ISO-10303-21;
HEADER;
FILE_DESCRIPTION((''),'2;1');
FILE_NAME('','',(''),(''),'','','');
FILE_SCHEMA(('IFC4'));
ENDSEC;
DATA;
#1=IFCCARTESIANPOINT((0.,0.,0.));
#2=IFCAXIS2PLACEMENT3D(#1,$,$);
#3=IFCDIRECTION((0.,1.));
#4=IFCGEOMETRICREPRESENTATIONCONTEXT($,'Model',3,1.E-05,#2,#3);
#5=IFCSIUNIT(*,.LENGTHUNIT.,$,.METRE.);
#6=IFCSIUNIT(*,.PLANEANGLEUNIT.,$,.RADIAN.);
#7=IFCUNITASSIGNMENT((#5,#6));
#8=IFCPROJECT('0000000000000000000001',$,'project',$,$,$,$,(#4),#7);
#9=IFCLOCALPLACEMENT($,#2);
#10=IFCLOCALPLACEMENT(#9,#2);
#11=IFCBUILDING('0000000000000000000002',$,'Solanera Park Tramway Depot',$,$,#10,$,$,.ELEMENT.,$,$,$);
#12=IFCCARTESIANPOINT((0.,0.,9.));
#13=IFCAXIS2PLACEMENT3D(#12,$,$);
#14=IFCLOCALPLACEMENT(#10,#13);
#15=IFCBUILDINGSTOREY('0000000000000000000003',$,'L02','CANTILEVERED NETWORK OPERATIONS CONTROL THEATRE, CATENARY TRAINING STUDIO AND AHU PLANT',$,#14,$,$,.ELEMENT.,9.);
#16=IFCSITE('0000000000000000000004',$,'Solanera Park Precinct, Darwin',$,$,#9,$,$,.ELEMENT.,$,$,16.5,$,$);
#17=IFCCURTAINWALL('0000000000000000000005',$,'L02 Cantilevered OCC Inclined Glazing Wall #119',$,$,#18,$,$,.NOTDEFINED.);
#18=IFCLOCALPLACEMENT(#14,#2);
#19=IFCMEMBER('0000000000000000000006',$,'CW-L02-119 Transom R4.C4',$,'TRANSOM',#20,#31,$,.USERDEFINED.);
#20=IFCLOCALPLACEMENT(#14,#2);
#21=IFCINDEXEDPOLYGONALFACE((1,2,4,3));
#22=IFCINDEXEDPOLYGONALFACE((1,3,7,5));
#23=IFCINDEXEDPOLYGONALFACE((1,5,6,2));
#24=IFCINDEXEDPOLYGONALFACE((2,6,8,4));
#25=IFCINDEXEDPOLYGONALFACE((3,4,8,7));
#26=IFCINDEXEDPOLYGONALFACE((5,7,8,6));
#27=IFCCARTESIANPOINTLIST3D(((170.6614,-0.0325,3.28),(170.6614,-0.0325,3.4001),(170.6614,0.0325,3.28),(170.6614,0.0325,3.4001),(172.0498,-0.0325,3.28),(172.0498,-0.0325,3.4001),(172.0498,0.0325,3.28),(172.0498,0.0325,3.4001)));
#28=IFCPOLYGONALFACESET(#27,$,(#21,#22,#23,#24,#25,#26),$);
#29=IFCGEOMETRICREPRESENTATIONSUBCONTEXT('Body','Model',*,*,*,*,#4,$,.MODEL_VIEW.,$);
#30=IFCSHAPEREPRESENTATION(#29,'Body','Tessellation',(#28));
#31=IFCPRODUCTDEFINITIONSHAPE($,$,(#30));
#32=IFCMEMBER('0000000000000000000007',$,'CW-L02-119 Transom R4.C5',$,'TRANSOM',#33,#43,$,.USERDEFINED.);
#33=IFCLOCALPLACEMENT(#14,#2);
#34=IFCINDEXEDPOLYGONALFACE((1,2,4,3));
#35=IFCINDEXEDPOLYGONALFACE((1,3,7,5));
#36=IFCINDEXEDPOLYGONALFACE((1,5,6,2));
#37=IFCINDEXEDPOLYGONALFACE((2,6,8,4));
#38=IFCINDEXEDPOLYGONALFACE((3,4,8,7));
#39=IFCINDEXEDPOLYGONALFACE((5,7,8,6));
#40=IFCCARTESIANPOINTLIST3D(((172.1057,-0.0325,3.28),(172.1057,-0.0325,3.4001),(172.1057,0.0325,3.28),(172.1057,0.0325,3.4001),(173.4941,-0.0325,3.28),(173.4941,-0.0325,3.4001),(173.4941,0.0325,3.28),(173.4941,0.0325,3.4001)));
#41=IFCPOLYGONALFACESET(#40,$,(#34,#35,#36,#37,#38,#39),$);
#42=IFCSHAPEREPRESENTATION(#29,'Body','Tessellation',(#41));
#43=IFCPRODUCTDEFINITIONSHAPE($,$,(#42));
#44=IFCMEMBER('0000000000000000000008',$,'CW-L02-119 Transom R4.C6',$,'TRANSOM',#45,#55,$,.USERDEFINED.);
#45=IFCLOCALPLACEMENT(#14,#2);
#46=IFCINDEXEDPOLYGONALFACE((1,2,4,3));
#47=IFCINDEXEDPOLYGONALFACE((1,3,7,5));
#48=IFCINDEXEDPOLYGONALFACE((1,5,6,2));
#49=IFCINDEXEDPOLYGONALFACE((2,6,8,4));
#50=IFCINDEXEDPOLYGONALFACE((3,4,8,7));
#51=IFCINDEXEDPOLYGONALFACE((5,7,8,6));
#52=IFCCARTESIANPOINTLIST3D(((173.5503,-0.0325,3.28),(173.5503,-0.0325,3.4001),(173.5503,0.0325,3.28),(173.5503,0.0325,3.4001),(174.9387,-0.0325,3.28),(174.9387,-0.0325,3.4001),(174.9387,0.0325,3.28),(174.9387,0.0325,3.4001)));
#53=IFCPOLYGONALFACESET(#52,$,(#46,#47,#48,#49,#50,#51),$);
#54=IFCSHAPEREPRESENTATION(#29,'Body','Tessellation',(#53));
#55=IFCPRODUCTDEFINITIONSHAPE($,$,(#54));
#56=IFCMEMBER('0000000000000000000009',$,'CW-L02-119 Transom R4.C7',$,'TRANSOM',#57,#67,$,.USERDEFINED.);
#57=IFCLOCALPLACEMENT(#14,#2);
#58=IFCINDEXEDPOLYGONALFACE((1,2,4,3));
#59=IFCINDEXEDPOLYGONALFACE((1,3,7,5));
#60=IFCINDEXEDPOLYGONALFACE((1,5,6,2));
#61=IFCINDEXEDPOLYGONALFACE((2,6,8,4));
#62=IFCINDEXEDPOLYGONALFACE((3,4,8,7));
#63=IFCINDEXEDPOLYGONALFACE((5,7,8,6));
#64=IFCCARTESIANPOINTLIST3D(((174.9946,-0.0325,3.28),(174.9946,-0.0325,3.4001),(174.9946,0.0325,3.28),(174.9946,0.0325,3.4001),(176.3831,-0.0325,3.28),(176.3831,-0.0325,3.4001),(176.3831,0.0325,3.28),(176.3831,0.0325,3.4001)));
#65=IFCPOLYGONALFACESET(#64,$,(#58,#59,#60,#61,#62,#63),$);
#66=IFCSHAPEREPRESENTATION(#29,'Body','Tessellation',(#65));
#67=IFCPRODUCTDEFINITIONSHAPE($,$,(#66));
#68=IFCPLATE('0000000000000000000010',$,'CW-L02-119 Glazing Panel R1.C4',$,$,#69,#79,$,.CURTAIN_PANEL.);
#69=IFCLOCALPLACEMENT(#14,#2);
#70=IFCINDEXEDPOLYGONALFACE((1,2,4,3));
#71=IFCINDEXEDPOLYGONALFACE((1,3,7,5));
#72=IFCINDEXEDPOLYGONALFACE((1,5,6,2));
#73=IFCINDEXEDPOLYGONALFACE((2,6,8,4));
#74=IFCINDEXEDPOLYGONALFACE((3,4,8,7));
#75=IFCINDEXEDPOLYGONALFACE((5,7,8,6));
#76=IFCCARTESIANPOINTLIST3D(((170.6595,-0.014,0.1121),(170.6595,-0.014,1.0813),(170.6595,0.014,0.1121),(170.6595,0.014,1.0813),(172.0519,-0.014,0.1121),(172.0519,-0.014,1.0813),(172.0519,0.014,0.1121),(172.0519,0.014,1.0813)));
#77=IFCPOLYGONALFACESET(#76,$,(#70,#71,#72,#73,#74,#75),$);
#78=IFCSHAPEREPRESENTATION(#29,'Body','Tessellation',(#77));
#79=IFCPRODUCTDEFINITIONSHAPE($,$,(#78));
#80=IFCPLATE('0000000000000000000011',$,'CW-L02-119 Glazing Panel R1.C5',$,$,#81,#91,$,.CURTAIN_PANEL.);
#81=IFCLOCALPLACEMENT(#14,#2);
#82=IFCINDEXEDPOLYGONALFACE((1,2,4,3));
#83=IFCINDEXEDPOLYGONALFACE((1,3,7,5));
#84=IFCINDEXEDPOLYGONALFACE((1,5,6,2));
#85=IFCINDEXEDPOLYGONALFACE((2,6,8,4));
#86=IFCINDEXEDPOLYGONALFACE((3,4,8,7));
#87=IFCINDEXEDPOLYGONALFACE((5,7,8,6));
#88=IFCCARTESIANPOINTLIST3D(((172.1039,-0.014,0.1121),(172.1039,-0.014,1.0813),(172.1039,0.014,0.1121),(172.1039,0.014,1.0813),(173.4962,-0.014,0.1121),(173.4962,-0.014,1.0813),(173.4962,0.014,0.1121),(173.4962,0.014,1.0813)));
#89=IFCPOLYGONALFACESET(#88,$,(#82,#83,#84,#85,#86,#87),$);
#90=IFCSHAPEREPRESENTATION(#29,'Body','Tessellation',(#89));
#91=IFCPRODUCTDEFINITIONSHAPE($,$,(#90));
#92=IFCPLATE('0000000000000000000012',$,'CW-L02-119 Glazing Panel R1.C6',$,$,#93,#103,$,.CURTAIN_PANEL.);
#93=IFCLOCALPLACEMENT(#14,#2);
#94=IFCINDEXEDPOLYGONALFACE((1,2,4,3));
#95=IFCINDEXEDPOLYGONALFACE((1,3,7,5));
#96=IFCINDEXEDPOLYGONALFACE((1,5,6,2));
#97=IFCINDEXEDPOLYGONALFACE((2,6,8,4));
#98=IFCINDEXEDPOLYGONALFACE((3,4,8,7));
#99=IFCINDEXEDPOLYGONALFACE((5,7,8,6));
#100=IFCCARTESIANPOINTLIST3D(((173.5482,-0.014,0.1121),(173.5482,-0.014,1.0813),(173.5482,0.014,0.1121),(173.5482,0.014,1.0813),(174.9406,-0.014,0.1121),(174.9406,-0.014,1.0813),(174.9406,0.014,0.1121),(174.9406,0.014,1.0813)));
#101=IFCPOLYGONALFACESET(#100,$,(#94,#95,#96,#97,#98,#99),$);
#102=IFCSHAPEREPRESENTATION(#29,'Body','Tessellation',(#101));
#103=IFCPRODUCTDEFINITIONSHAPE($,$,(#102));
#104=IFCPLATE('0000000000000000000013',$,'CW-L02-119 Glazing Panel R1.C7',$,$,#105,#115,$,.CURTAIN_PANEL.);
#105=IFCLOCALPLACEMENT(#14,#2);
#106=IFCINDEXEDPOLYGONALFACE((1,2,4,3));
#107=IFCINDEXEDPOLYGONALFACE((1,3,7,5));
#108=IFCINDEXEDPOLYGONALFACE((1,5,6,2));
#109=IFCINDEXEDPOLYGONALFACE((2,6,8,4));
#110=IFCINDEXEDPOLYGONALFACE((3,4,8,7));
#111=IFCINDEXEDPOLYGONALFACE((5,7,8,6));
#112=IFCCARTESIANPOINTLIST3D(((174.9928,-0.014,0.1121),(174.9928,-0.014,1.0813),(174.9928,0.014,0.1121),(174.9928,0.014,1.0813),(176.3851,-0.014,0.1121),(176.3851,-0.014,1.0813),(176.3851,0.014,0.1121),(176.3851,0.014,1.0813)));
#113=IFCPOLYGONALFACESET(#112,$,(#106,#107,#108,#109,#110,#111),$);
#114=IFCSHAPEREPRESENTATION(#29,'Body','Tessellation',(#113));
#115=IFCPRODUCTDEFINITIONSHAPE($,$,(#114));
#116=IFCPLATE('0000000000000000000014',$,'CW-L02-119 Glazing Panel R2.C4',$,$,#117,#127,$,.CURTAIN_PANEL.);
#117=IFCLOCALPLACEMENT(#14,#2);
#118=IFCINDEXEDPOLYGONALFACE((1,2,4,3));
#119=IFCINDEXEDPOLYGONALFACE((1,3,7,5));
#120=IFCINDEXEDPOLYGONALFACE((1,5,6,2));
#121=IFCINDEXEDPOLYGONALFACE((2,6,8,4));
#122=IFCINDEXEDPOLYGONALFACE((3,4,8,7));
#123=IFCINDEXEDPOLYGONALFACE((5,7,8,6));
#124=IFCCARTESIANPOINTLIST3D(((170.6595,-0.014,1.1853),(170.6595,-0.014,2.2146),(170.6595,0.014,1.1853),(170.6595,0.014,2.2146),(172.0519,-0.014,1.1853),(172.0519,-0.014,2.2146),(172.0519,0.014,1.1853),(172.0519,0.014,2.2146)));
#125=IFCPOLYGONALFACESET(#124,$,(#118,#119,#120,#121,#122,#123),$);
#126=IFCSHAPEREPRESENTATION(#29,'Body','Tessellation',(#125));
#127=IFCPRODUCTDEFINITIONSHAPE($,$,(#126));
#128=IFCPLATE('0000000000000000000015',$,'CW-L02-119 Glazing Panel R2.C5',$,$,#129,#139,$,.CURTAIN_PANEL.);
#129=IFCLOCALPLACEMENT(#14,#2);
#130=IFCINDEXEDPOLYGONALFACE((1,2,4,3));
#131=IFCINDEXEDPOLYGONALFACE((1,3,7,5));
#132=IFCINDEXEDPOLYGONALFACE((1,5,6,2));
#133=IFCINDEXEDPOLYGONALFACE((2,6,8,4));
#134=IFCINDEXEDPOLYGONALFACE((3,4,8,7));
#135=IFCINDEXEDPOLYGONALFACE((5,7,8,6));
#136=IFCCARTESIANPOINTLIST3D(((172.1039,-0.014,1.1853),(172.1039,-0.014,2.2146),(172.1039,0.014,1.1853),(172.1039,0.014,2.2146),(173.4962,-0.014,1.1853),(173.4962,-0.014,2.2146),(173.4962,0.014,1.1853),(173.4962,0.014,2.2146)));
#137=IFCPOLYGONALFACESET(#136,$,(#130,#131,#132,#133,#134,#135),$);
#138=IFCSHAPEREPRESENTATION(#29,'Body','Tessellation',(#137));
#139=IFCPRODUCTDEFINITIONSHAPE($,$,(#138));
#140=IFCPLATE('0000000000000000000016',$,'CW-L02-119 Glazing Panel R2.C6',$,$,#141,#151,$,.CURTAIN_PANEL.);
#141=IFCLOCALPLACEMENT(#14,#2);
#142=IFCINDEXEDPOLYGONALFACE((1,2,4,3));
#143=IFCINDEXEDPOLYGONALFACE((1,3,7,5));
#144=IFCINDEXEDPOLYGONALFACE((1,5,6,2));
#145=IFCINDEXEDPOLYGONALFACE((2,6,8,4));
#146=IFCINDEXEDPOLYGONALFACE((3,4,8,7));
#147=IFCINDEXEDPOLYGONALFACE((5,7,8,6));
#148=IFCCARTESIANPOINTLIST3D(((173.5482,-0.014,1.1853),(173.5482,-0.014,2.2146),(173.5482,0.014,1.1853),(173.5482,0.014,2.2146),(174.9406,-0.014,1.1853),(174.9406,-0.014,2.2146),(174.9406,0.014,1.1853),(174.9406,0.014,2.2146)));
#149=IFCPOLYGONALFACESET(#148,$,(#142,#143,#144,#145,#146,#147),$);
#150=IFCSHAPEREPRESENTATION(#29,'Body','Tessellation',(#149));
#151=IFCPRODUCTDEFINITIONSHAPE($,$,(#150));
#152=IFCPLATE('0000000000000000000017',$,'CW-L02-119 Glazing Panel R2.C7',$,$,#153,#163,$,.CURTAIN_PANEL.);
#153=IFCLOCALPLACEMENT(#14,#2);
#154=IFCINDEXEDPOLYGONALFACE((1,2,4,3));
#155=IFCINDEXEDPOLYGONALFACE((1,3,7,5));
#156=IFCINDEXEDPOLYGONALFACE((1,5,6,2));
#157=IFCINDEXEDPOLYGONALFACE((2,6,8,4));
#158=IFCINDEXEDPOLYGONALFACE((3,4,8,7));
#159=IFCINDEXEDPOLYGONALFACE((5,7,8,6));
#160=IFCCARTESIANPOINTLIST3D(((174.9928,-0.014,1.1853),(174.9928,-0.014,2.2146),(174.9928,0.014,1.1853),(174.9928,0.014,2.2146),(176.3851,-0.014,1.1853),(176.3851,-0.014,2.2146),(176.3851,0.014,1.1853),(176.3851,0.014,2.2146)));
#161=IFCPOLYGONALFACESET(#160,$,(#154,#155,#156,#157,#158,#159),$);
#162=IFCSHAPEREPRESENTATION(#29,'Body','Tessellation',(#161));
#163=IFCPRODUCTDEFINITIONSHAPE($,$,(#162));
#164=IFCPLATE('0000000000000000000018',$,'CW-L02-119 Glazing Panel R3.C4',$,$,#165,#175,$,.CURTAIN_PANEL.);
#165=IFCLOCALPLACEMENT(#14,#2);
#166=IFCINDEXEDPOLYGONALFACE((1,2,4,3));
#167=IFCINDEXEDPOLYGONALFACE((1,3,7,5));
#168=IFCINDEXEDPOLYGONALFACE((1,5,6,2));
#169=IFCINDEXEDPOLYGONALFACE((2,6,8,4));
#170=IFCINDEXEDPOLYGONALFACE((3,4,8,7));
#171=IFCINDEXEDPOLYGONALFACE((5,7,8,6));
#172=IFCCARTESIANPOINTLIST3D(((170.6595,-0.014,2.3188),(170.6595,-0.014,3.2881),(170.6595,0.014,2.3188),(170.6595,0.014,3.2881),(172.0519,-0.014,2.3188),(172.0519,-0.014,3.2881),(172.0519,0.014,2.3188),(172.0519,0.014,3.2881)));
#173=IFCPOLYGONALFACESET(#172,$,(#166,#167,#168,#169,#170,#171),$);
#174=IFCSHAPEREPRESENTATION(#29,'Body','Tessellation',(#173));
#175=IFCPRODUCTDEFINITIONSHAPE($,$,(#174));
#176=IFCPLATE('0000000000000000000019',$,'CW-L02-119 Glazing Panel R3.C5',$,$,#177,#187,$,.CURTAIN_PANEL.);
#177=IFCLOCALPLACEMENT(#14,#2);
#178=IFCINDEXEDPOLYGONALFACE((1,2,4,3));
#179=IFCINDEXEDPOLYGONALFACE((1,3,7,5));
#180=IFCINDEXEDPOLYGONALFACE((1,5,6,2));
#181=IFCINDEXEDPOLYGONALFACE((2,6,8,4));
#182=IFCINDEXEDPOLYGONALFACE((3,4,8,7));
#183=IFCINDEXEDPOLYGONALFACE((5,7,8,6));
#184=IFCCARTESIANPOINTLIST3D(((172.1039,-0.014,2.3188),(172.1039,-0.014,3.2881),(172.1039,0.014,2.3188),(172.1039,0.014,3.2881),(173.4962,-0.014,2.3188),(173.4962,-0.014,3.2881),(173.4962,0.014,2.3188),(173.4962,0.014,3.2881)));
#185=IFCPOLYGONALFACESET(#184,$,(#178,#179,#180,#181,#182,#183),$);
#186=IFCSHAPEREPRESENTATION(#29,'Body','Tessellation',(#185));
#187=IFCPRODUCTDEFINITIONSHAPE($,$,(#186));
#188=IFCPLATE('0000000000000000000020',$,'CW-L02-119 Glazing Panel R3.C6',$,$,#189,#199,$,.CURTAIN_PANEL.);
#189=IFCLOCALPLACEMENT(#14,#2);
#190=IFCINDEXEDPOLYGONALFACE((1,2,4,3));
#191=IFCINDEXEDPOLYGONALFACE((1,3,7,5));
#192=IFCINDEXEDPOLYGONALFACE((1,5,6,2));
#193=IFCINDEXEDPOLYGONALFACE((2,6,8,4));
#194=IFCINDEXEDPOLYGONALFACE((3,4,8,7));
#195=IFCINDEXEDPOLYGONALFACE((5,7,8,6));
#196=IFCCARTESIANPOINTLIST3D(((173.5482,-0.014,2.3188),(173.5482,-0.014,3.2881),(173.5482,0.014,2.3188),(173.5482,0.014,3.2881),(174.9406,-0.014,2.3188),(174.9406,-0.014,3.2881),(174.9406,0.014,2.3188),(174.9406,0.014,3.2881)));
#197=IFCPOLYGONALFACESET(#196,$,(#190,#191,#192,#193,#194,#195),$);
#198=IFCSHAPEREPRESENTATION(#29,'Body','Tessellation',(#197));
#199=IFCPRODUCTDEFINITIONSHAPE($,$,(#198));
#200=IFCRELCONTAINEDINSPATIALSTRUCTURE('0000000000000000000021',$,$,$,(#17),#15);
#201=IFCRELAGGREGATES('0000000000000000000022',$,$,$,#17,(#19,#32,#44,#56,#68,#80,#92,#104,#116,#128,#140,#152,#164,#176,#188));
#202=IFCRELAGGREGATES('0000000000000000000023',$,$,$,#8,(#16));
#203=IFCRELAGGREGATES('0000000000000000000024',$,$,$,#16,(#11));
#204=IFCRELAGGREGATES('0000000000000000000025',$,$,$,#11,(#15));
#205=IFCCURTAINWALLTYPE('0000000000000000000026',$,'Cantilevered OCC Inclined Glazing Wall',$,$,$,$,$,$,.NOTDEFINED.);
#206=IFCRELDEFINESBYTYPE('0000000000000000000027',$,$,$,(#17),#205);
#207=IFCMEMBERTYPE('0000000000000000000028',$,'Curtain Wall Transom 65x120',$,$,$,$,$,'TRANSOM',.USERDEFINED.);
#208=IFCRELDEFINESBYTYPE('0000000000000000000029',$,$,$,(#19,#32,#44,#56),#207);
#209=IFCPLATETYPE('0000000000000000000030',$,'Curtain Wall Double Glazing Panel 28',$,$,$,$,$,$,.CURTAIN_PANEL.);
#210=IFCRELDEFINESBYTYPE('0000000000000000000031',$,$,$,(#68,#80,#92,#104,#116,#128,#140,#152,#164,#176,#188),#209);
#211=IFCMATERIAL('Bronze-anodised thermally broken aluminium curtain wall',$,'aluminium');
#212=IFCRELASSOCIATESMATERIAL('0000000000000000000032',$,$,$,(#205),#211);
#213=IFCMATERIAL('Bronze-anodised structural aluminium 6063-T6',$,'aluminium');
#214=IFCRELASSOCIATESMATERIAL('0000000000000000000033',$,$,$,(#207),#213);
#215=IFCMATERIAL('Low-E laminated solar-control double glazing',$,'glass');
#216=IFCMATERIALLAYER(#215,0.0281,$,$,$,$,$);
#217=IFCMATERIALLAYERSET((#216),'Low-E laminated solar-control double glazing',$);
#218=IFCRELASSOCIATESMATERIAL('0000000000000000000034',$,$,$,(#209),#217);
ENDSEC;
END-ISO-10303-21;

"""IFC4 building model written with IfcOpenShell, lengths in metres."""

from ifc_helpers import new_model, si_unit, direction, frame, origin, origin_2d, place, context, subcontext, project, spatial, rectangle, extrude, material, layer, layer_set, material_profile, profile_set, type_object, element, aggregate, save


model = new_model("IFC4")

# Units and contexts
model_context = context("Model", 3, precision=1e-05, world=origin(), true_north=direction((0.0, 1.0)))
body_context = subcontext(model_context, "Body", "Model", "MODEL_VIEW")
ifc_project = project(units=[si_unit("LENGTHUNIT", "METRE"), si_unit("PLANEANGLEUNIT", "RADIAN")], contexts=[model_context])

# Site, building, storey
site_placement = place(None, origin())
site = spatial("IfcSite", under=ifc_project, at=site_placement, Name="Solanera Park Precinct, Darwin", CompositionType="ELEMENT", RefElevation=16.5)
building_placement = place(site_placement, origin())
building = spatial("IfcBuilding", under=site, at=building_placement, Name="Solanera Park Tramway Depot", CompositionType="ELEMENT")
storey_placement = place(building_placement, frame((0.0, 0.0, 9.0)))
storey = spatial("IfcBuildingStorey", under=building, at=storey_placement, Name="L02", Description="CANTILEVERED NETWORK OPERATIONS CONTROL THEATRE, CATENARY TRAINING STUDIO AND AHU PLANT", CompositionType="ELEMENT", Elevation=9.0)

# Curtain wall, members, plates
ifc_material_1 = material(Name="Bronze-anodised thermally broken aluminium curtain wall", Category="aluminium")
curtain_wall_type = type_object("IfcCurtainWallType", Name="Cantilevered OCC Inclined Glazing Wall", PredefinedType="NOTDEFINED", material=ifc_material_1)
curtain_wall_placement = place(storey_placement, origin())
curtain_wall = element("IfcCurtainWall", 1, at=curtain_wall_placement, inside=storey, type_object=curtain_wall_type, Name="L02 Cantilevered OCC Inclined Glazing Wall #119", PredefinedType="NOTDEFINED")
ifc_material_2 = material(Name="Bronze-anodised structural aluminium 6063-T6", Category="aluminium")
ifc_material_profile_1 = material_profile(ifc_material_2, rectangle(XDim=0.0649, YDim=0.1201, at=origin_2d()), Name="Curtain Wall Transom 65x120")
ifc_profile_set_1 = profile_set([ifc_material_profile_1], Name="Bronze-anodised structural aluminium 6063-T6")
member_type_1 = type_object("IfcMemberType", Name="Curtain Wall Transom 65x120", ElementType="TRANSOM", PredefinedType="USERDEFINED", material=ifc_profile_set_1)
member_1_placement = place(storey_placement, frame((170.6614, 0.0, 3.3401), z_axis=(1.0, 0.0, 0.0), x_axis=(0.0, 1.0, 0.0)))
member_1 = element("IfcMember", 2, at=member_1_placement, type_object=member_type_1, Name="CW-L02-119 Transom R4.C4", ObjectType="TRANSOM", PredefinedType="USERDEFINED", context=body_context, shape_type="SweptSolid", body=[
    extrude(rectangle(XDim=0.0649, YDim=0.1201, at=origin_2d()), origin(), (0.0, 0.0, 1.0), 1.3884),
])
member_2_placement = place(storey_placement, frame((172.1057, 0.0, 3.3401), z_axis=(1.0, 0.0, 0.0), x_axis=(0.0, 1.0, 0.0)))
member_2 = element("IfcMember", 3, at=member_2_placement, type_object=member_type_1, Name="CW-L02-119 Transom R4.C5", ObjectType="TRANSOM", PredefinedType="USERDEFINED", context=body_context, shape_type="SweptSolid", body=[
    extrude(rectangle(XDim=0.0649, YDim=0.1201, at=origin_2d()), origin(), (0.0, 0.0, 1.0), 1.3884),
])
member_3_placement = place(storey_placement, frame((173.5503, 0.0, 3.3401), z_axis=(1.0, 0.0, 0.0), x_axis=(0.0, 1.0, 0.0)))
member_3 = element("IfcMember", 4, at=member_3_placement, type_object=member_type_1, Name="CW-L02-119 Transom R4.C6", ObjectType="TRANSOM", PredefinedType="USERDEFINED", context=body_context, shape_type="SweptSolid", body=[
    extrude(rectangle(XDim=0.0649, YDim=0.1201, at=origin_2d()), origin(), (0.0, 0.0, 1.0), 1.3884),
])
member_4_placement = place(storey_placement, frame((174.9946, 0.0, 3.3401), z_axis=(1.0, 0.0, 0.0), x_axis=(0.0, 1.0, 0.0)))
member_4 = element("IfcMember", 5, at=member_4_placement, type_object=member_type_1, Name="CW-L02-119 Transom R4.C7", ObjectType="TRANSOM", PredefinedType="USERDEFINED", context=body_context, shape_type="SweptSolid", body=[
    extrude(rectangle(XDim=0.0649, YDim=0.1201, at=origin_2d()), origin(), (0.0, 0.0, 1.0), 1.3884),
])
ifc_material_3 = material(Name="Low-E laminated solar-control double glazing", Category="glass")
ifc_layer = layer(ifc_material_3, 0.0281)
ifc_layer_set = layer_set([ifc_layer], Name="Low-E laminated solar-control double glazing")
plate_type = type_object("IfcPlateType", Name="Curtain Wall Double Glazing Panel 28", PredefinedType="CURTAIN_PANEL", material=ifc_layer_set)
plate_1_placement = place(storey_placement, frame((171.3557, 0.0, 0.1121), z_axis=(0.0, 0.0, 1.0), x_axis=(1.0, 0.0, 0.0)))
plate_1 = element("IfcPlate", 6, at=plate_1_placement, type_object=plate_type, Name="CW-L02-119 Glazing Panel R1.C4", PredefinedType="CURTAIN_PANEL", context=body_context, shape_type="SweptSolid", body=[
    extrude(rectangle(XDim=1.3923, YDim=0.0281, at=origin_2d()), origin(), (0.0, 0.0, 1.0), 0.9692),
])
plate_2_placement = place(storey_placement, frame((172.8, 0.0, 0.1121), z_axis=(0.0, 0.0, 1.0), x_axis=(1.0, 0.0, 0.0)))
plate_2 = element("IfcPlate", 7, at=plate_2_placement, type_object=plate_type, Name="CW-L02-119 Glazing Panel R1.C5", PredefinedType="CURTAIN_PANEL", context=body_context, shape_type="SweptSolid", body=[
    extrude(rectangle(XDim=1.3923, YDim=0.0281, at=origin_2d()), origin(), (0.0, 0.0, 1.0), 0.9692),
])
plate_3_placement = place(storey_placement, frame((174.2444, 0.0, 0.1121), z_axis=(0.0, 0.0, 1.0), x_axis=(1.0, 0.0, 0.0)))
plate_3 = element("IfcPlate", 8, at=plate_3_placement, type_object=plate_type, Name="CW-L02-119 Glazing Panel R1.C6", PredefinedType="CURTAIN_PANEL", context=body_context, shape_type="SweptSolid", body=[
    extrude(rectangle(XDim=1.3923, YDim=0.0281, at=origin_2d()), origin(), (0.0, 0.0, 1.0), 0.9692),
])
plate_4_placement = place(storey_placement, frame((175.689, 0.0, 0.1121), z_axis=(0.0, 0.0, 1.0), x_axis=(1.0, 0.0, 0.0)))
plate_4 = element("IfcPlate", 9, at=plate_4_placement, type_object=plate_type, Name="CW-L02-119 Glazing Panel R1.C7", PredefinedType="CURTAIN_PANEL", context=body_context, shape_type="SweptSolid", body=[
    extrude(rectangle(XDim=1.3923, YDim=0.0281, at=origin_2d()), origin(), (0.0, 0.0, 1.0), 0.9692),
])
plate_5_placement = place(storey_placement, frame((171.3557, 0.0, 1.1853), z_axis=(0.0, 0.0, 1.0), x_axis=(1.0, 0.0, 0.0)))
plate_5 = element("IfcPlate", 10, at=plate_5_placement, type_object=plate_type, Name="CW-L02-119 Glazing Panel R2.C4", PredefinedType="CURTAIN_PANEL", context=body_context, shape_type="SweptSolid", body=[
    extrude(rectangle(XDim=1.3923, YDim=0.0281, at=origin_2d()), origin(), (0.0, 0.0, 1.0), 1.0293),
])
plate_6_placement = place(storey_placement, frame((172.8, 0.0, 1.1853), z_axis=(0.0, 0.0, 1.0), x_axis=(1.0, 0.0, 0.0)))
plate_6 = element("IfcPlate", 11, at=plate_6_placement, type_object=plate_type, Name="CW-L02-119 Glazing Panel R2.C5", PredefinedType="CURTAIN_PANEL", context=body_context, shape_type="SweptSolid", body=[
    extrude(rectangle(XDim=1.3923, YDim=0.0281, at=origin_2d()), origin(), (0.0, 0.0, 1.0), 1.0293),
])
plate_7_placement = place(storey_placement, frame((174.2444, 0.0, 1.1853), z_axis=(0.0, 0.0, 1.0), x_axis=(1.0, 0.0, 0.0)))
plate_7 = element("IfcPlate", 12, at=plate_7_placement, type_object=plate_type, Name="CW-L02-119 Glazing Panel R2.C6", PredefinedType="CURTAIN_PANEL", context=body_context, shape_type="SweptSolid", body=[
    extrude(rectangle(XDim=1.3923, YDim=0.0281, at=origin_2d()), origin(), (0.0, 0.0, 1.0), 1.0293),
])
plate_8_placement = place(storey_placement, frame((175.689, 0.0, 1.1853), z_axis=(0.0, 0.0, 1.0), x_axis=(1.0, 0.0, 0.0)))
plate_8 = element("IfcPlate", 13, at=plate_8_placement, type_object=plate_type, Name="CW-L02-119 Glazing Panel R2.C7", PredefinedType="CURTAIN_PANEL", context=body_context, shape_type="SweptSolid", body=[
    extrude(rectangle(XDim=1.3923, YDim=0.0281, at=origin_2d()), origin(), (0.0, 0.0, 1.0), 1.0293),
])
plate_9_placement = place(storey_placement, frame((171.3557, 0.0, 2.3188), z_axis=(0.0, 0.0, 1.0), x_axis=(1.0, 0.0, 0.0)))
plate_9 = element("IfcPlate", 14, at=plate_9_placement, type_object=plate_type, Name="CW-L02-119 Glazing Panel R3.C4", PredefinedType="CURTAIN_PANEL", context=body_context, shape_type="SweptSolid", body=[
    extrude(rectangle(XDim=1.3923, YDim=0.0281, at=origin_2d()), origin(), (0.0, 0.0, 1.0), 0.9692),
])
plate_10_placement = place(storey_placement, frame((172.8, 0.0, 2.3188), z_axis=(0.0, 0.0, 1.0), x_axis=(1.0, 0.0, 0.0)))
plate_10 = element("IfcPlate", 15, at=plate_10_placement, type_object=plate_type, Name="CW-L02-119 Glazing Panel R3.C5", PredefinedType="CURTAIN_PANEL", context=body_context, shape_type="SweptSolid", body=[
    extrude(rectangle(XDim=1.3923, YDim=0.0281, at=origin_2d()), origin(), (0.0, 0.0, 1.0), 0.9692),
])
plate_11_placement = place(storey_placement, frame((174.2444, 0.0, 2.3188), z_axis=(0.0, 0.0, 1.0), x_axis=(1.0, 0.0, 0.0)))
plate_11 = element("IfcPlate", 16, at=plate_11_placement, type_object=plate_type, Name="CW-L02-119 Glazing Panel R3.C6", PredefinedType="CURTAIN_PANEL", context=body_context, shape_type="SweptSolid", body=[
    extrude(rectangle(XDim=1.3923, YDim=0.0281, at=origin_2d()), origin(), (0.0, 0.0, 1.0), 0.9692),
])
aggregate(curtain_wall, [member_1, member_2, member_3, member_4, plate_1, plate_2, plate_3, plate_4, plate_5, plate_6, plate_7, plate_8, plate_9, plate_10, plate_11])

save(model, "model.ifc")
